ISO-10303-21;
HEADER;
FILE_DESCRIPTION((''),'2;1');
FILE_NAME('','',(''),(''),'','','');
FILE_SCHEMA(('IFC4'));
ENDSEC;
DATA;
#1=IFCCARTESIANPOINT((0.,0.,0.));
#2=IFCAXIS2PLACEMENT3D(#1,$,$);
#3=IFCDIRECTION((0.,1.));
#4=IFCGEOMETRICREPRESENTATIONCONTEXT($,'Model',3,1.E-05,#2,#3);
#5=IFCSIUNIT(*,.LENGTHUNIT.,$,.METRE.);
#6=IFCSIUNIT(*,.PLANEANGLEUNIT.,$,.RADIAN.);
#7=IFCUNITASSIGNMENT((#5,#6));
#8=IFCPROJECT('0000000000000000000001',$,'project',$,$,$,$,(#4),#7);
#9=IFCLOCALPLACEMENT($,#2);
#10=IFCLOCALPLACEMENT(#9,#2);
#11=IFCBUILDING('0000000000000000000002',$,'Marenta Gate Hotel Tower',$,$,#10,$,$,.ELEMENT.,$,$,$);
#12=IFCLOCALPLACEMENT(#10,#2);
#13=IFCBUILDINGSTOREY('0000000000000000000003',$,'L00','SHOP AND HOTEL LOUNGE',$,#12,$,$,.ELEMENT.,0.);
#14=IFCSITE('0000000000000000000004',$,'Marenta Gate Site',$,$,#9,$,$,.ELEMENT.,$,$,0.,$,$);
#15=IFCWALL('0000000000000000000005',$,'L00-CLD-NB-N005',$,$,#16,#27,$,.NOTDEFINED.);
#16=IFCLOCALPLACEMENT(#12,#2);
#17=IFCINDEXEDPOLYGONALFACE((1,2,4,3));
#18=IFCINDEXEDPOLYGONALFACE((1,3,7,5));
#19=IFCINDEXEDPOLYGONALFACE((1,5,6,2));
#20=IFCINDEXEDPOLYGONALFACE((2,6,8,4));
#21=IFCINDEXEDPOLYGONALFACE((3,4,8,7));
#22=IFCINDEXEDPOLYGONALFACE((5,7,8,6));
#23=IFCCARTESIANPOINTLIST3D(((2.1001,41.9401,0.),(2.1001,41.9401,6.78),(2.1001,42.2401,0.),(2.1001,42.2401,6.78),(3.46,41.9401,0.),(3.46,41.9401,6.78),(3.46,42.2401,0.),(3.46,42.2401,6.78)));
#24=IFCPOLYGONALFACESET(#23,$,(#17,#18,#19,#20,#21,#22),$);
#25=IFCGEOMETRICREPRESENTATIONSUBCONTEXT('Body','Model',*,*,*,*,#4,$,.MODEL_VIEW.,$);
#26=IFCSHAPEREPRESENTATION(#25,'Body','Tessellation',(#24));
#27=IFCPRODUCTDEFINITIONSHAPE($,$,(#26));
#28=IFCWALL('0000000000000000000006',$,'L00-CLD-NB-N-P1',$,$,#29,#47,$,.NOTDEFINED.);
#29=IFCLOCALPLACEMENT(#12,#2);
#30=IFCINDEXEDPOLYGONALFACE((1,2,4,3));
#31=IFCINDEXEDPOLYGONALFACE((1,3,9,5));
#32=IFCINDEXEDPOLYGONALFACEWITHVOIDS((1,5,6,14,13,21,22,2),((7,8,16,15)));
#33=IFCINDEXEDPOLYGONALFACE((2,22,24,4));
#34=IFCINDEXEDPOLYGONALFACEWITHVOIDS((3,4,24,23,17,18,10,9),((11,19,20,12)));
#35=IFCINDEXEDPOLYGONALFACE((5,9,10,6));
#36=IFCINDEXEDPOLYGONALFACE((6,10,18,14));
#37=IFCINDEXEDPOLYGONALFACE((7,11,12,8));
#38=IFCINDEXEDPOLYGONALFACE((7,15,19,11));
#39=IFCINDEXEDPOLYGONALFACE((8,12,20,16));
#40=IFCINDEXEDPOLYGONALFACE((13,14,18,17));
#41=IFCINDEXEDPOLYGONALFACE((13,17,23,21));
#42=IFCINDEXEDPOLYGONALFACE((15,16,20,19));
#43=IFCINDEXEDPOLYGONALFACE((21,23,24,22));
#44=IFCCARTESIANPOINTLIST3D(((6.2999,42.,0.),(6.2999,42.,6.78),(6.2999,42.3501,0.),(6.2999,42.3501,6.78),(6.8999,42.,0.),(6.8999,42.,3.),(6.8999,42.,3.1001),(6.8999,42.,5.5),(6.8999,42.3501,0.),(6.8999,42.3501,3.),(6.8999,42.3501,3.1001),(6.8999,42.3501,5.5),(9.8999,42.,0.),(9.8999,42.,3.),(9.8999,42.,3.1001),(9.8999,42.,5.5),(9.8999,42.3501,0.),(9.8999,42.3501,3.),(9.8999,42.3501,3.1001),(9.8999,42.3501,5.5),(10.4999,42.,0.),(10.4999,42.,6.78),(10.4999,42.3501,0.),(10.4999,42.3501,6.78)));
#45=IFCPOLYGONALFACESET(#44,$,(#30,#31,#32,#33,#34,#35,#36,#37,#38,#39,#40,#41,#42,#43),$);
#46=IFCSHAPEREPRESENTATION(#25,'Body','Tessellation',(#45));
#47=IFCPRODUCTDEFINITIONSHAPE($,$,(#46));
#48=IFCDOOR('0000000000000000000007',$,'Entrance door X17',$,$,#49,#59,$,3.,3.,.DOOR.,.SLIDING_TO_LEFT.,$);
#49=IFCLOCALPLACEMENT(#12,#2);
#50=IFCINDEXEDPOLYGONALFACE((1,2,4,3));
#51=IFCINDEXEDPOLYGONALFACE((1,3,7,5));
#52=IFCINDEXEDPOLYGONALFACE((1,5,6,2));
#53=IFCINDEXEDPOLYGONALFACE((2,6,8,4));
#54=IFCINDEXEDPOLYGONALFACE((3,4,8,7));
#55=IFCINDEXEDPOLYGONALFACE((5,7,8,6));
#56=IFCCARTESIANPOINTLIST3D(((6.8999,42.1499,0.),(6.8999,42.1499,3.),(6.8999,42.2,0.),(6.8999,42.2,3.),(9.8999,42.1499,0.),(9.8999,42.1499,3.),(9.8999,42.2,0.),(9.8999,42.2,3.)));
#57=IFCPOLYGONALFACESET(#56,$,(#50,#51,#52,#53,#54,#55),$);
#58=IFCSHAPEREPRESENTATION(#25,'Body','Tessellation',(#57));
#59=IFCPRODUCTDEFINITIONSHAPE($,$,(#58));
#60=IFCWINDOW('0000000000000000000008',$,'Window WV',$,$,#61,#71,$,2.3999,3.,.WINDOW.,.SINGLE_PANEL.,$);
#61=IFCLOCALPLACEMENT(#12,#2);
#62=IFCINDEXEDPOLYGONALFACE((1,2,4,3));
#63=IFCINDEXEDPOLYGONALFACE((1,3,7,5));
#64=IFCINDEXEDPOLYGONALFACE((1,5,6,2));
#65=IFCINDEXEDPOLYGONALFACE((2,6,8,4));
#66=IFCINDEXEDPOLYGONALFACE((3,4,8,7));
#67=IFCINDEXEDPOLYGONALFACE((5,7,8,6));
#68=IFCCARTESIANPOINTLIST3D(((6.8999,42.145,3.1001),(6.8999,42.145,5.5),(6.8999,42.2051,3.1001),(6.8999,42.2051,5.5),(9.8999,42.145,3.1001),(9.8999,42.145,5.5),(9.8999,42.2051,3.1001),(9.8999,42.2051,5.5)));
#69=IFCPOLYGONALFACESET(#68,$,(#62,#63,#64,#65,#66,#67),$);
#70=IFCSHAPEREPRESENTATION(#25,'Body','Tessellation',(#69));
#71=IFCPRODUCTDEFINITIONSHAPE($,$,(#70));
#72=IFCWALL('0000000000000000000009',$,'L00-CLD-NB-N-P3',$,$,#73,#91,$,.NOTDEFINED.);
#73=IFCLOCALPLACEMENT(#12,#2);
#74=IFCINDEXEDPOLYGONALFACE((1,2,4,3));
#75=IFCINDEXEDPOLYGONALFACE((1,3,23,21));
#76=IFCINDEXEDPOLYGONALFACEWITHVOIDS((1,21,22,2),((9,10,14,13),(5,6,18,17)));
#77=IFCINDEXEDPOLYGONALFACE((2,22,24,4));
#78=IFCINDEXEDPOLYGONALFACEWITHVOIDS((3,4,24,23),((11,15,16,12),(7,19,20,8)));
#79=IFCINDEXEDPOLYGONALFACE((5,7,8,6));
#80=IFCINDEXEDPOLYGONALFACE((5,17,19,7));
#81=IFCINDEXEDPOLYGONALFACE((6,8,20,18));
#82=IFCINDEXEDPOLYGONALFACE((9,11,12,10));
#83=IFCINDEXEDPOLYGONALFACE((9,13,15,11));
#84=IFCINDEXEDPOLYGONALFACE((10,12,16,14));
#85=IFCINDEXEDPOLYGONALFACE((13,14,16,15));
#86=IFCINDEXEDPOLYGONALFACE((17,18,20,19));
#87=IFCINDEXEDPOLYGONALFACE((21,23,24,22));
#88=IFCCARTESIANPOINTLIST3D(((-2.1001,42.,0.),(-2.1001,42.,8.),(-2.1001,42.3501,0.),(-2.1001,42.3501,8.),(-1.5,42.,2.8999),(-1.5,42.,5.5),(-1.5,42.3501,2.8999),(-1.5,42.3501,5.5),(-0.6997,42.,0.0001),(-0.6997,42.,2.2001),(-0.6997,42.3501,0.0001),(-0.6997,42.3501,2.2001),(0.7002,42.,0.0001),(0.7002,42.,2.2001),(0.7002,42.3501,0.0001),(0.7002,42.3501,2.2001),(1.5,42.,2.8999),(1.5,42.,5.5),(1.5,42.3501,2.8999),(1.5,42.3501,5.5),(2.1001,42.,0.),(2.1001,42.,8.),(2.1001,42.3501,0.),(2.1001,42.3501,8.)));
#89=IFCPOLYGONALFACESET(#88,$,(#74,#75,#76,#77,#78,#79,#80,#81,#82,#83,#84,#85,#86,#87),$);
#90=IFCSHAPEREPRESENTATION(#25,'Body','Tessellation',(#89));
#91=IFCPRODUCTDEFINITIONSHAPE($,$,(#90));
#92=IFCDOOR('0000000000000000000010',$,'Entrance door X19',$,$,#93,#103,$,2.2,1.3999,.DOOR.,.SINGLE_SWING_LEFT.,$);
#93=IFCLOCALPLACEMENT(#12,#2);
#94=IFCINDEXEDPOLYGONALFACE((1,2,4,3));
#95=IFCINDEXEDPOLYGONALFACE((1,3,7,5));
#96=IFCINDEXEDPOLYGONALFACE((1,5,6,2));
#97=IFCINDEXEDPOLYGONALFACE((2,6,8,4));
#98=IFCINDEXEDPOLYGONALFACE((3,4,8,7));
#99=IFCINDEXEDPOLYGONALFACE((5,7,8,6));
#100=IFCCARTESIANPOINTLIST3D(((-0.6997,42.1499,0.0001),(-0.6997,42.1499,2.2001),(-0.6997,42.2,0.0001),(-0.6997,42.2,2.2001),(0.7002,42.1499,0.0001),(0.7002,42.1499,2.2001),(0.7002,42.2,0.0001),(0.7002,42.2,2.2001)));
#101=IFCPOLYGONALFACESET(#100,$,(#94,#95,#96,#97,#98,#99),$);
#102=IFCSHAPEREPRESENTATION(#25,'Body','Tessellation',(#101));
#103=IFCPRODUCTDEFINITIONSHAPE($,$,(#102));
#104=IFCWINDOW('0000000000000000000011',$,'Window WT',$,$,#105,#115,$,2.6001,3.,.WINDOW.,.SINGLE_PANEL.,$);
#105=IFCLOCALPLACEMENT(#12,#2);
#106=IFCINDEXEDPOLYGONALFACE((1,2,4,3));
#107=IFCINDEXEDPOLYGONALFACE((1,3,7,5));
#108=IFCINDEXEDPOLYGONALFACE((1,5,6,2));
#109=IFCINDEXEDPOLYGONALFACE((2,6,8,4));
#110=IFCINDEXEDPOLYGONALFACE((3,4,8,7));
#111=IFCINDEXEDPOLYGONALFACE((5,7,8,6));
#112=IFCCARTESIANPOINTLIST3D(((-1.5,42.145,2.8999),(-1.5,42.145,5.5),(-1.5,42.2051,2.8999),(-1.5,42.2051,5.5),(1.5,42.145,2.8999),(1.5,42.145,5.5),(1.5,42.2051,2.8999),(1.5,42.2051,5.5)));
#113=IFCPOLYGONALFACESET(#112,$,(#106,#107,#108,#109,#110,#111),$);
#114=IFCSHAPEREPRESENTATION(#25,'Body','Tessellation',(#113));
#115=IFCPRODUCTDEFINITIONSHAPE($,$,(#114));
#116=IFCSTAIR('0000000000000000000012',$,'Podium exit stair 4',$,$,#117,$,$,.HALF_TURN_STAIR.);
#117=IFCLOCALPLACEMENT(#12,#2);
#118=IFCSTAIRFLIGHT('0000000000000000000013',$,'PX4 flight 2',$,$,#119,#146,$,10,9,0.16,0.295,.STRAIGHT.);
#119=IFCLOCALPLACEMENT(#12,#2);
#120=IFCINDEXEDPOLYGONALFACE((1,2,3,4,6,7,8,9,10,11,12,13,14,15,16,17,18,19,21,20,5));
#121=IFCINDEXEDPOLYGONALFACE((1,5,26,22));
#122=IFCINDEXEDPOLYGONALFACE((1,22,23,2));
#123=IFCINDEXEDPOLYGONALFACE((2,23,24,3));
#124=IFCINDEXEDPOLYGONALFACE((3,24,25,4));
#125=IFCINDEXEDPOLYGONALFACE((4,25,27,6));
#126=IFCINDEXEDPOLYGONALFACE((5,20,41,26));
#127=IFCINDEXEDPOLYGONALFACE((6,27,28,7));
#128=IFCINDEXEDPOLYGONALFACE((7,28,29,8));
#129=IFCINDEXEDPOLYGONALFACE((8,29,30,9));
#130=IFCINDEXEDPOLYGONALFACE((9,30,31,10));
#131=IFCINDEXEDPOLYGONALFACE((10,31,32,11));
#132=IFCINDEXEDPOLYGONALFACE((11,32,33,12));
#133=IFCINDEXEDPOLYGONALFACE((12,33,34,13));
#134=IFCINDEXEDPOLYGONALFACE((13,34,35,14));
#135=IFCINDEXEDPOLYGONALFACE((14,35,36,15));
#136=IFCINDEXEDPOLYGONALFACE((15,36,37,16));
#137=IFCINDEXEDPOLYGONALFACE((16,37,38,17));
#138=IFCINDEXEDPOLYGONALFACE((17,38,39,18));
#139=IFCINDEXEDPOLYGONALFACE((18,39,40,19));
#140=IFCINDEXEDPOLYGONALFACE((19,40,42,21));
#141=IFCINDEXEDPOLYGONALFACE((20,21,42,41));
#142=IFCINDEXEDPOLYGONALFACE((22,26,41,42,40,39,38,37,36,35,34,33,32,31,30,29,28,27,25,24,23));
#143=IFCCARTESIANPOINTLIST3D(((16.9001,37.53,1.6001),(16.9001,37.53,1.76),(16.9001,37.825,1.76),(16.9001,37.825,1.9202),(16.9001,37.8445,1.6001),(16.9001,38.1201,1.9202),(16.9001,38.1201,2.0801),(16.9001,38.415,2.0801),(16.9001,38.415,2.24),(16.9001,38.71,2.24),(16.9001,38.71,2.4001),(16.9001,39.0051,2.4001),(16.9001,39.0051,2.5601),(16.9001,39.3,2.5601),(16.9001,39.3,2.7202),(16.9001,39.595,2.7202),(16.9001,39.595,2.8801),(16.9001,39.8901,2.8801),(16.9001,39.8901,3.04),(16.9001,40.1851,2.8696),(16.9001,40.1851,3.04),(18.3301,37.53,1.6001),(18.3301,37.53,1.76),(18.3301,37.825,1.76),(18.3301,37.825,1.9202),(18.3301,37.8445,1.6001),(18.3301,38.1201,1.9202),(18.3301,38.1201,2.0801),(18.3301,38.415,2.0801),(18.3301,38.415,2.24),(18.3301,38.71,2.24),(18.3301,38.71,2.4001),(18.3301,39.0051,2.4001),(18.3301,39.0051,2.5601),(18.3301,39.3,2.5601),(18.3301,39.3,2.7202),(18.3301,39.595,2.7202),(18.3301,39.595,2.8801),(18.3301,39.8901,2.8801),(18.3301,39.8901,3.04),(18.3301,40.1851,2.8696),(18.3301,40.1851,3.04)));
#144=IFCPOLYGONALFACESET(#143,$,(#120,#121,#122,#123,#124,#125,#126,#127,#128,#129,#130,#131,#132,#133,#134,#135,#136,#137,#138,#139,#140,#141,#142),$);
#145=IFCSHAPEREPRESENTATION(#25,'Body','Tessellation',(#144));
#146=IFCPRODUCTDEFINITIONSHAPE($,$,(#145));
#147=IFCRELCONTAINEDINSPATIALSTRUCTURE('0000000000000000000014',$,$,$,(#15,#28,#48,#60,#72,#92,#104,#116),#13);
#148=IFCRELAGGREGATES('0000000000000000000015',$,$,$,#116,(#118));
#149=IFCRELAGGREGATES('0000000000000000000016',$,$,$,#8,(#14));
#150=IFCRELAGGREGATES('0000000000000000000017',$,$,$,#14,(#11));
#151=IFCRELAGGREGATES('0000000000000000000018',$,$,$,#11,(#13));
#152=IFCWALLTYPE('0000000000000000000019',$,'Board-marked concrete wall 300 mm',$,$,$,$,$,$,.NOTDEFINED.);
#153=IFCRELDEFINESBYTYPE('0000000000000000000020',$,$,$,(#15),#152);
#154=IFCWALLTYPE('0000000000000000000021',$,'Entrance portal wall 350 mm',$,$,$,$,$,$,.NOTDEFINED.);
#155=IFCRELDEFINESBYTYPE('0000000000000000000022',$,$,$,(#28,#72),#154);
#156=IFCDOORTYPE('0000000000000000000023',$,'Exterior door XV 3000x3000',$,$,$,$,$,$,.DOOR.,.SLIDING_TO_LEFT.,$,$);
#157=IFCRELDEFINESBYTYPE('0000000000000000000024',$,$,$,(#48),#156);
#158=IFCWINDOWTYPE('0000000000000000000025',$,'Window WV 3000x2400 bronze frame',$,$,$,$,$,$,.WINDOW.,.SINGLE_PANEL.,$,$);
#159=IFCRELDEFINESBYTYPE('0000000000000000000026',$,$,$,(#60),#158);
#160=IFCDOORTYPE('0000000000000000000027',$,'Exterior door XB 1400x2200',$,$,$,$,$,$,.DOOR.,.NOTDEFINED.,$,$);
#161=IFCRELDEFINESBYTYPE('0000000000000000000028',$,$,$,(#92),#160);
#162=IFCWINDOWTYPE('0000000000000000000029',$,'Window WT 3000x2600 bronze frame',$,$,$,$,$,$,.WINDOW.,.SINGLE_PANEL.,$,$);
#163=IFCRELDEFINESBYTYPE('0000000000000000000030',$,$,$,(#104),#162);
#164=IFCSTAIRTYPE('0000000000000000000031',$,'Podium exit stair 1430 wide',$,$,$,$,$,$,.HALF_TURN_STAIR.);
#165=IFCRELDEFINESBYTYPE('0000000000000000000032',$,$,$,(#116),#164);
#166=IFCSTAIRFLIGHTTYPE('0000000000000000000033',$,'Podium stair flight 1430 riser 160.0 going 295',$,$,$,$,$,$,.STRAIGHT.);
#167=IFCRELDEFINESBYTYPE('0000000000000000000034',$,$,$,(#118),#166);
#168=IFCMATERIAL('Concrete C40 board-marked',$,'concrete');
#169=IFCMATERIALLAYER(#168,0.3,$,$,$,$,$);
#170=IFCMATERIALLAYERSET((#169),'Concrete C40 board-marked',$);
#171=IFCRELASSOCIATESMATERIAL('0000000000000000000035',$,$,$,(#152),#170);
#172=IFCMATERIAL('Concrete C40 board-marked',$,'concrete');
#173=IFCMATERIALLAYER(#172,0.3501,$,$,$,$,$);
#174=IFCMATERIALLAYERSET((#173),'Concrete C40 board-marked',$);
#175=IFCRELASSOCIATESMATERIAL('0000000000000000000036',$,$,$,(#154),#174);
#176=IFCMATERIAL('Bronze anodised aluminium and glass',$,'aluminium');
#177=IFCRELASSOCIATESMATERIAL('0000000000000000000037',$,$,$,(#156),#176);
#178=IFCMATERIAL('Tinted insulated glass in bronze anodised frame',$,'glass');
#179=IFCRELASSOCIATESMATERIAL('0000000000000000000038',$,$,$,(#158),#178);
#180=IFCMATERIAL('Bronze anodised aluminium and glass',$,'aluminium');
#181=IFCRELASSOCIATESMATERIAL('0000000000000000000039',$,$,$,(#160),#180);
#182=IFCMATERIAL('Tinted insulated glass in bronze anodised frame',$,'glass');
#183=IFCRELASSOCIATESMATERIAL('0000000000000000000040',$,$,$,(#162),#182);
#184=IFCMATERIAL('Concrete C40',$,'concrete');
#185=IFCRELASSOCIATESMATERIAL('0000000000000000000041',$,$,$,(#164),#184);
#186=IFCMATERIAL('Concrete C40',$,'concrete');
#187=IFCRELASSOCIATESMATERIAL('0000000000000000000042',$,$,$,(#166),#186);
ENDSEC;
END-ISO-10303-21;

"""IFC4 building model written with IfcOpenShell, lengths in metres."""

from ifc_helpers import new_model, si_unit, direction, frame, frame_2d, origin, place, context, subcontext, project, spatial, polyline, rectangle, outline, extrude, material, layer, layer_set, type_object, element, fill, aggregate, save


model = new_model("IFC4")

# Units and contexts
model_context = context("Model", 3, precision=1e-05, world=origin(), true_north=direction((0.0, 1.0)))
body_context = subcontext(model_context, "Body", "Model", "MODEL_VIEW")
ifc_project = project(units=[si_unit("LENGTHUNIT", "METRE"), si_unit("PLANEANGLEUNIT", "RADIAN")], contexts=[model_context])

# Site, building, storey
site_placement = place(None, origin())
site = spatial("IfcSite", under=ifc_project, at=site_placement, Name="Marenta Gate Site", CompositionType="ELEMENT", RefElevation=0.0)
building_placement = place(site_placement, origin())
building = spatial("IfcBuilding", under=site, at=building_placement, Name="Marenta Gate Hotel Tower", CompositionType="ELEMENT")
storey_placement = place(building_placement, origin())
storey = spatial("IfcBuildingStorey", under=building, at=storey_placement, Name="L00", Description="SHOP AND HOTEL LOUNGE", CompositionType="ELEMENT", Elevation=0.0)

# Wall
ifc_material_1 = material(Name="Concrete C40 board-marked", Category="concrete")
ifc_layer_1 = layer(ifc_material_1, 0.3)
ifc_layer_set_1 = layer_set([ifc_layer_1], Name="Concrete C40 board-marked")
wall_type_1 = type_object("IfcWallType", Name="Board-marked concrete wall 300 mm", PredefinedType="NOTDEFINED", material=ifc_layer_set_1)
wall_1_placement = place(storey_placement, frame((3.46, 42.0901, 0.0), z_axis=(0.0, 0.0, 1.0), x_axis=(-1.0, 0.0, 0.0)))
element("IfcWall", 1, at=wall_1_placement, inside=storey, type_object=wall_type_1, Name="L00-CLD-NB-N005", PredefinedType="NOTDEFINED", context=body_context, shape_type="SweptSolid", body=[
    extrude(rectangle(XDim=1.3599, YDim=0.3, at=frame_2d((0.6799, 0.0))), origin(), (0.0, 0.0, 1.0), 6.78),
])

# Walls, openings, doors, windows
ifc_material_2 = material(Name="Concrete C40 board-marked", Category="concrete")
ifc_layer_2 = layer(ifc_material_2, 0.3501)
ifc_layer_set_2 = layer_set([ifc_layer_2], Name="Concrete C40 board-marked")
wall_type_2 = type_object("IfcWallType", Name="Entrance portal wall 350 mm", PredefinedType="NOTDEFINED", material=ifc_layer_set_2)
wall_2_placement = place(storey_placement, frame((10.5, 42.175, 0.0), z_axis=(0.0, 0.0, 1.0), x_axis=(-1.0, 0.0, 0.0)))
wall_2 = element("IfcWall", 2, at=wall_2_placement, inside=storey, type_object=wall_type_2, Name="L00-CLD-NB-N-P1", PredefinedType="NOTDEFINED", context=body_context, shape_type="SweptSolid", body=[
    extrude(rectangle(XDim=4.2, YDim=0.3501, at=frame_2d((2.1001, 0.0))), origin(), (0.0, 0.0, 1.0), 6.78),
])
opening_1_placement = place(wall_2_placement, frame((0.6001, 0.0, 0.0)))
opening_1 = element("IfcOpeningElement", 3, at=opening_1_placement, cuts=wall_2, PredefinedType="OPENING", context=body_context, shape_type="SweptSolid", body=[
    extrude(rectangle(XDim=3.0, YDim=3.0, at=frame_2d((1.5, 1.5))), frame((0.0, 0.175, 0.0), z_axis=(0.0, -1.0, 0.0), x_axis=(1.0, 0.0, 0.0)), (0.0, 0.0, 1.0), 0.3501),
])
opening_2_placement = place(wall_2_placement, frame((0.6001, 0.0, 3.1001)))
opening_2 = element("IfcOpeningElement", 4, at=opening_2_placement, cuts=wall_2, PredefinedType="OPENING", context=body_context, shape_type="SweptSolid", body=[
    extrude(rectangle(XDim=3.0, YDim=2.3999, at=frame_2d((1.5, 1.2))), frame((0.0, 0.175, 0.0), z_axis=(0.0, -1.0, 0.0), x_axis=(1.0, 0.0, 0.0)), (0.0, 0.0, 1.0), 0.3501),
])
ifc_material_3 = material(Name="Bronze anodised aluminium and glass", Category="aluminium")
door_type_1 = type_object("IfcDoorType", Name="Exterior door XV 3000x3000", OperationType="SLIDING_TO_LEFT", PredefinedType="DOOR", material=ifc_material_3)
door_1_placement = place(opening_1_placement, frame((3.0, 0.0, 0.0), z_axis=(0.0, 0.0, 1.0), x_axis=(-1.0, 0.0, 0.0)))
door_1 = element("IfcDoor", 5, at=door_1_placement, inside=storey, type_object=door_type_1, Name="Entrance door X17", OperationType="SLIDING_TO_LEFT", OverallHeight=3.0, OverallWidth=3.0, PredefinedType="DOOR", context=body_context, shape_type="SweptSolid", body=[
    extrude(rectangle(XDim=3.0, YDim=3.0, at=frame_2d((1.5, 1.5))), frame((0.0, 0.0249, 0.0), z_axis=(0.0, -1.0, 0.0), x_axis=(1.0, 0.0, 0.0)), (0.0, 0.0, 1.0), 0.05),
])
fill(opening_1, door_1)
ifc_material_4 = material(Name="Tinted insulated glass in bronze anodised frame", Category="glass")
window_type_1 = type_object("IfcWindowType", Name="Window WV 3000x2400 bronze frame", PartitioningType="SINGLE_PANEL", PredefinedType="WINDOW", material=ifc_material_4)
window_1_placement = place(opening_2_placement, origin())
window_1 = element("IfcWindow", 6, at=window_1_placement, inside=storey, type_object=window_type_1, Name="Window WV", OverallHeight=2.3999, OverallWidth=3.0, PartitioningType="SINGLE_PANEL", PredefinedType="WINDOW", context=body_context, shape_type="SweptSolid", body=[
    extrude(rectangle(XDim=3.0, YDim=2.3999, at=frame_2d((1.5, 1.2))), frame((0.0, 0.03, 0.0), z_axis=(0.0, -1.0, 0.0), x_axis=(1.0, 0.0, 0.0)), (0.0, 0.0, 1.0), 0.0601),
])
fill(opening_2, window_1)
wall_3_placement = place(storey_placement, frame((2.1001, 42.175, 0.0), z_axis=(0.0, 0.0, 1.0), x_axis=(-1.0, 0.0, 0.0)))
wall_3 = element("IfcWall", 7, at=wall_3_placement, inside=storey, type_object=wall_type_2, Name="L00-CLD-NB-N-P3", PredefinedType="NOTDEFINED", context=body_context, shape_type="SweptSolid", body=[
    extrude(rectangle(XDim=4.2002, YDim=0.3501, at=frame_2d((2.1001, 0.0))), origin(), (0.0, 0.0, 1.0), 8.0),
])
opening_3_placement = place(wall_3_placement, frame((1.3999, 0.0, 0.0)))
opening_3 = element("IfcOpeningElement", 8, at=opening_3_placement, cuts=wall_3, PredefinedType="OPENING", context=body_context, shape_type="SweptSolid", body=[
    extrude(rectangle(XDim=1.3999, YDim=2.2, at=frame_2d((0.7, 1.1001))), frame((0.0, 0.175, 0.0), z_axis=(0.0, -1.0, 0.0), x_axis=(1.0, 0.0, 0.0)), (0.0, 0.0, 1.0), 0.3501),
])
opening_4_placement = place(wall_3_placement, frame((0.6001, 0.0, 2.8999)))
opening_4 = element("IfcOpeningElement", 9, at=opening_4_placement, cuts=wall_3, PredefinedType="OPENING", context=body_context, shape_type="SweptSolid", body=[
    extrude(rectangle(XDim=3.0, YDim=2.6001, at=frame_2d((1.5, 1.3))), frame((0.0, 0.175, 0.0), z_axis=(0.0, -1.0, 0.0), x_axis=(1.0, 0.0, 0.0)), (0.0, 0.0, 1.0), 0.3501),
])
ifc_material_5 = material(Name="Bronze anodised aluminium and glass", Category="aluminium")
door_type_2 = type_object("IfcDoorType", Name="Exterior door XB 1400x2200", OperationType="NOTDEFINED", PredefinedType="DOOR", material=ifc_material_5)
door_2_placement = place(opening_3_placement, frame((1.3999, 0.0, 0.0), z_axis=(0.0, 0.0, 1.0), x_axis=(-1.0, 0.0, 0.0)))
door_2 = element("IfcDoor", 10, at=door_2_placement, inside=storey, type_object=door_type_2, Name="Entrance door X19", OperationType="SINGLE_SWING_LEFT", OverallHeight=2.2, OverallWidth=1.3999, PredefinedType="DOOR", context=body_context, shape_type="SweptSolid", body=[
    extrude(rectangle(XDim=1.3999, YDim=2.2, at=frame_2d((0.7, 1.1001))), frame((0.0, 0.0249, 0.0), z_axis=(0.0, -1.0, 0.0), x_axis=(1.0, 0.0, 0.0)), (0.0, 0.0, 1.0), 0.05),
])
fill(opening_3, door_2)
ifc_material_6 = material(Name="Tinted insulated glass in bronze anodised frame", Category="glass")
window_type_2 = type_object("IfcWindowType", Name="Window WT 3000x2600 bronze frame", PartitioningType="SINGLE_PANEL", PredefinedType="WINDOW", material=ifc_material_6)
window_2_placement = place(opening_4_placement, origin())
window_2 = element("IfcWindow", 11, at=window_2_placement, inside=storey, type_object=window_type_2, Name="Window WT", OverallHeight=2.6001, OverallWidth=3.0, PartitioningType="SINGLE_PANEL", PredefinedType="WINDOW", context=body_context, shape_type="SweptSolid", body=[
    extrude(rectangle(XDim=3.0, YDim=2.6001, at=frame_2d((1.5, 1.3))), frame((0.0, 0.03, 0.0), z_axis=(0.0, -1.0, 0.0), x_axis=(1.0, 0.0, 0.0)), (0.0, 0.0, 1.0), 0.0601),
])
fill(opening_4, window_2)

# Stair, stair flight
ifc_material_7 = material(Name="Concrete C40", Category="concrete")
stair_type = type_object("IfcStairType", Name="Podium exit stair 1430 wide", PredefinedType="HALF_TURN_STAIR", material=ifc_material_7)
stair_1_placement = place(storey_placement, origin())
stair_1 = element("IfcStair", 12, at=stair_1_placement, inside=storey, type_object=stair_type, Name="Podium exit stair 4", PredefinedType="HALF_TURN_STAIR")
ifc_material_8 = material(Name="Concrete C40", Category="concrete")
stair_flight_type = type_object("IfcStairFlightType", Name="Podium stair flight 1430 riser 160.0 going 295", PredefinedType="STRAIGHT", material=ifc_material_8)
stair_flight_1_placement = place(storey_placement, frame((17.615, 37.53, 1.6001), z_axis=(0.0, 0.0, 1.0), x_axis=(0.0, 1.0, 0.0)))
stair_flight_1 = element("IfcStairFlight", 13, at=stair_flight_1_placement, type_object=stair_flight_type, Name="PX4 flight 2", NumberOfRisers=10, NumberOfTreads=9, PredefinedType="STRAIGHT", RiserHeight=0.16, TreadLength=0.295, context=body_context, shape_type="SweptSolid", body=[
    extrude(outline(polyline([(0.0, 0.0), (0.0, 0.1599), (0.2949, 0.1599), (0.2949, 0.3201), (0.5901, 0.3201), (0.5901, 0.48), (0.885, 0.48), (0.885, 0.6399), (1.1799, 0.6399), (1.1799, 0.8), (1.4751, 0.8), (1.4751, 0.96), (1.77, 0.96), (1.77, 1.1201), (2.0649, 1.1201), (2.0649, 1.28), (2.3601, 1.28), (2.3601, 1.4399), (2.655, 1.4399), (2.655, 1.6001), (2.655, 1.2695), (0.3145, 0.0), (0.0, 0.0)])), frame((0.0, 0.7148, 0.0), z_axis=(0.0, -1.0, 0.0), x_axis=(1.0, 0.0, 0.0)), (0.0, 0.0, 1.0), 1.4299),
])
aggregate(stair_1, [stair_flight_1])

save(model, "model.ifc")
